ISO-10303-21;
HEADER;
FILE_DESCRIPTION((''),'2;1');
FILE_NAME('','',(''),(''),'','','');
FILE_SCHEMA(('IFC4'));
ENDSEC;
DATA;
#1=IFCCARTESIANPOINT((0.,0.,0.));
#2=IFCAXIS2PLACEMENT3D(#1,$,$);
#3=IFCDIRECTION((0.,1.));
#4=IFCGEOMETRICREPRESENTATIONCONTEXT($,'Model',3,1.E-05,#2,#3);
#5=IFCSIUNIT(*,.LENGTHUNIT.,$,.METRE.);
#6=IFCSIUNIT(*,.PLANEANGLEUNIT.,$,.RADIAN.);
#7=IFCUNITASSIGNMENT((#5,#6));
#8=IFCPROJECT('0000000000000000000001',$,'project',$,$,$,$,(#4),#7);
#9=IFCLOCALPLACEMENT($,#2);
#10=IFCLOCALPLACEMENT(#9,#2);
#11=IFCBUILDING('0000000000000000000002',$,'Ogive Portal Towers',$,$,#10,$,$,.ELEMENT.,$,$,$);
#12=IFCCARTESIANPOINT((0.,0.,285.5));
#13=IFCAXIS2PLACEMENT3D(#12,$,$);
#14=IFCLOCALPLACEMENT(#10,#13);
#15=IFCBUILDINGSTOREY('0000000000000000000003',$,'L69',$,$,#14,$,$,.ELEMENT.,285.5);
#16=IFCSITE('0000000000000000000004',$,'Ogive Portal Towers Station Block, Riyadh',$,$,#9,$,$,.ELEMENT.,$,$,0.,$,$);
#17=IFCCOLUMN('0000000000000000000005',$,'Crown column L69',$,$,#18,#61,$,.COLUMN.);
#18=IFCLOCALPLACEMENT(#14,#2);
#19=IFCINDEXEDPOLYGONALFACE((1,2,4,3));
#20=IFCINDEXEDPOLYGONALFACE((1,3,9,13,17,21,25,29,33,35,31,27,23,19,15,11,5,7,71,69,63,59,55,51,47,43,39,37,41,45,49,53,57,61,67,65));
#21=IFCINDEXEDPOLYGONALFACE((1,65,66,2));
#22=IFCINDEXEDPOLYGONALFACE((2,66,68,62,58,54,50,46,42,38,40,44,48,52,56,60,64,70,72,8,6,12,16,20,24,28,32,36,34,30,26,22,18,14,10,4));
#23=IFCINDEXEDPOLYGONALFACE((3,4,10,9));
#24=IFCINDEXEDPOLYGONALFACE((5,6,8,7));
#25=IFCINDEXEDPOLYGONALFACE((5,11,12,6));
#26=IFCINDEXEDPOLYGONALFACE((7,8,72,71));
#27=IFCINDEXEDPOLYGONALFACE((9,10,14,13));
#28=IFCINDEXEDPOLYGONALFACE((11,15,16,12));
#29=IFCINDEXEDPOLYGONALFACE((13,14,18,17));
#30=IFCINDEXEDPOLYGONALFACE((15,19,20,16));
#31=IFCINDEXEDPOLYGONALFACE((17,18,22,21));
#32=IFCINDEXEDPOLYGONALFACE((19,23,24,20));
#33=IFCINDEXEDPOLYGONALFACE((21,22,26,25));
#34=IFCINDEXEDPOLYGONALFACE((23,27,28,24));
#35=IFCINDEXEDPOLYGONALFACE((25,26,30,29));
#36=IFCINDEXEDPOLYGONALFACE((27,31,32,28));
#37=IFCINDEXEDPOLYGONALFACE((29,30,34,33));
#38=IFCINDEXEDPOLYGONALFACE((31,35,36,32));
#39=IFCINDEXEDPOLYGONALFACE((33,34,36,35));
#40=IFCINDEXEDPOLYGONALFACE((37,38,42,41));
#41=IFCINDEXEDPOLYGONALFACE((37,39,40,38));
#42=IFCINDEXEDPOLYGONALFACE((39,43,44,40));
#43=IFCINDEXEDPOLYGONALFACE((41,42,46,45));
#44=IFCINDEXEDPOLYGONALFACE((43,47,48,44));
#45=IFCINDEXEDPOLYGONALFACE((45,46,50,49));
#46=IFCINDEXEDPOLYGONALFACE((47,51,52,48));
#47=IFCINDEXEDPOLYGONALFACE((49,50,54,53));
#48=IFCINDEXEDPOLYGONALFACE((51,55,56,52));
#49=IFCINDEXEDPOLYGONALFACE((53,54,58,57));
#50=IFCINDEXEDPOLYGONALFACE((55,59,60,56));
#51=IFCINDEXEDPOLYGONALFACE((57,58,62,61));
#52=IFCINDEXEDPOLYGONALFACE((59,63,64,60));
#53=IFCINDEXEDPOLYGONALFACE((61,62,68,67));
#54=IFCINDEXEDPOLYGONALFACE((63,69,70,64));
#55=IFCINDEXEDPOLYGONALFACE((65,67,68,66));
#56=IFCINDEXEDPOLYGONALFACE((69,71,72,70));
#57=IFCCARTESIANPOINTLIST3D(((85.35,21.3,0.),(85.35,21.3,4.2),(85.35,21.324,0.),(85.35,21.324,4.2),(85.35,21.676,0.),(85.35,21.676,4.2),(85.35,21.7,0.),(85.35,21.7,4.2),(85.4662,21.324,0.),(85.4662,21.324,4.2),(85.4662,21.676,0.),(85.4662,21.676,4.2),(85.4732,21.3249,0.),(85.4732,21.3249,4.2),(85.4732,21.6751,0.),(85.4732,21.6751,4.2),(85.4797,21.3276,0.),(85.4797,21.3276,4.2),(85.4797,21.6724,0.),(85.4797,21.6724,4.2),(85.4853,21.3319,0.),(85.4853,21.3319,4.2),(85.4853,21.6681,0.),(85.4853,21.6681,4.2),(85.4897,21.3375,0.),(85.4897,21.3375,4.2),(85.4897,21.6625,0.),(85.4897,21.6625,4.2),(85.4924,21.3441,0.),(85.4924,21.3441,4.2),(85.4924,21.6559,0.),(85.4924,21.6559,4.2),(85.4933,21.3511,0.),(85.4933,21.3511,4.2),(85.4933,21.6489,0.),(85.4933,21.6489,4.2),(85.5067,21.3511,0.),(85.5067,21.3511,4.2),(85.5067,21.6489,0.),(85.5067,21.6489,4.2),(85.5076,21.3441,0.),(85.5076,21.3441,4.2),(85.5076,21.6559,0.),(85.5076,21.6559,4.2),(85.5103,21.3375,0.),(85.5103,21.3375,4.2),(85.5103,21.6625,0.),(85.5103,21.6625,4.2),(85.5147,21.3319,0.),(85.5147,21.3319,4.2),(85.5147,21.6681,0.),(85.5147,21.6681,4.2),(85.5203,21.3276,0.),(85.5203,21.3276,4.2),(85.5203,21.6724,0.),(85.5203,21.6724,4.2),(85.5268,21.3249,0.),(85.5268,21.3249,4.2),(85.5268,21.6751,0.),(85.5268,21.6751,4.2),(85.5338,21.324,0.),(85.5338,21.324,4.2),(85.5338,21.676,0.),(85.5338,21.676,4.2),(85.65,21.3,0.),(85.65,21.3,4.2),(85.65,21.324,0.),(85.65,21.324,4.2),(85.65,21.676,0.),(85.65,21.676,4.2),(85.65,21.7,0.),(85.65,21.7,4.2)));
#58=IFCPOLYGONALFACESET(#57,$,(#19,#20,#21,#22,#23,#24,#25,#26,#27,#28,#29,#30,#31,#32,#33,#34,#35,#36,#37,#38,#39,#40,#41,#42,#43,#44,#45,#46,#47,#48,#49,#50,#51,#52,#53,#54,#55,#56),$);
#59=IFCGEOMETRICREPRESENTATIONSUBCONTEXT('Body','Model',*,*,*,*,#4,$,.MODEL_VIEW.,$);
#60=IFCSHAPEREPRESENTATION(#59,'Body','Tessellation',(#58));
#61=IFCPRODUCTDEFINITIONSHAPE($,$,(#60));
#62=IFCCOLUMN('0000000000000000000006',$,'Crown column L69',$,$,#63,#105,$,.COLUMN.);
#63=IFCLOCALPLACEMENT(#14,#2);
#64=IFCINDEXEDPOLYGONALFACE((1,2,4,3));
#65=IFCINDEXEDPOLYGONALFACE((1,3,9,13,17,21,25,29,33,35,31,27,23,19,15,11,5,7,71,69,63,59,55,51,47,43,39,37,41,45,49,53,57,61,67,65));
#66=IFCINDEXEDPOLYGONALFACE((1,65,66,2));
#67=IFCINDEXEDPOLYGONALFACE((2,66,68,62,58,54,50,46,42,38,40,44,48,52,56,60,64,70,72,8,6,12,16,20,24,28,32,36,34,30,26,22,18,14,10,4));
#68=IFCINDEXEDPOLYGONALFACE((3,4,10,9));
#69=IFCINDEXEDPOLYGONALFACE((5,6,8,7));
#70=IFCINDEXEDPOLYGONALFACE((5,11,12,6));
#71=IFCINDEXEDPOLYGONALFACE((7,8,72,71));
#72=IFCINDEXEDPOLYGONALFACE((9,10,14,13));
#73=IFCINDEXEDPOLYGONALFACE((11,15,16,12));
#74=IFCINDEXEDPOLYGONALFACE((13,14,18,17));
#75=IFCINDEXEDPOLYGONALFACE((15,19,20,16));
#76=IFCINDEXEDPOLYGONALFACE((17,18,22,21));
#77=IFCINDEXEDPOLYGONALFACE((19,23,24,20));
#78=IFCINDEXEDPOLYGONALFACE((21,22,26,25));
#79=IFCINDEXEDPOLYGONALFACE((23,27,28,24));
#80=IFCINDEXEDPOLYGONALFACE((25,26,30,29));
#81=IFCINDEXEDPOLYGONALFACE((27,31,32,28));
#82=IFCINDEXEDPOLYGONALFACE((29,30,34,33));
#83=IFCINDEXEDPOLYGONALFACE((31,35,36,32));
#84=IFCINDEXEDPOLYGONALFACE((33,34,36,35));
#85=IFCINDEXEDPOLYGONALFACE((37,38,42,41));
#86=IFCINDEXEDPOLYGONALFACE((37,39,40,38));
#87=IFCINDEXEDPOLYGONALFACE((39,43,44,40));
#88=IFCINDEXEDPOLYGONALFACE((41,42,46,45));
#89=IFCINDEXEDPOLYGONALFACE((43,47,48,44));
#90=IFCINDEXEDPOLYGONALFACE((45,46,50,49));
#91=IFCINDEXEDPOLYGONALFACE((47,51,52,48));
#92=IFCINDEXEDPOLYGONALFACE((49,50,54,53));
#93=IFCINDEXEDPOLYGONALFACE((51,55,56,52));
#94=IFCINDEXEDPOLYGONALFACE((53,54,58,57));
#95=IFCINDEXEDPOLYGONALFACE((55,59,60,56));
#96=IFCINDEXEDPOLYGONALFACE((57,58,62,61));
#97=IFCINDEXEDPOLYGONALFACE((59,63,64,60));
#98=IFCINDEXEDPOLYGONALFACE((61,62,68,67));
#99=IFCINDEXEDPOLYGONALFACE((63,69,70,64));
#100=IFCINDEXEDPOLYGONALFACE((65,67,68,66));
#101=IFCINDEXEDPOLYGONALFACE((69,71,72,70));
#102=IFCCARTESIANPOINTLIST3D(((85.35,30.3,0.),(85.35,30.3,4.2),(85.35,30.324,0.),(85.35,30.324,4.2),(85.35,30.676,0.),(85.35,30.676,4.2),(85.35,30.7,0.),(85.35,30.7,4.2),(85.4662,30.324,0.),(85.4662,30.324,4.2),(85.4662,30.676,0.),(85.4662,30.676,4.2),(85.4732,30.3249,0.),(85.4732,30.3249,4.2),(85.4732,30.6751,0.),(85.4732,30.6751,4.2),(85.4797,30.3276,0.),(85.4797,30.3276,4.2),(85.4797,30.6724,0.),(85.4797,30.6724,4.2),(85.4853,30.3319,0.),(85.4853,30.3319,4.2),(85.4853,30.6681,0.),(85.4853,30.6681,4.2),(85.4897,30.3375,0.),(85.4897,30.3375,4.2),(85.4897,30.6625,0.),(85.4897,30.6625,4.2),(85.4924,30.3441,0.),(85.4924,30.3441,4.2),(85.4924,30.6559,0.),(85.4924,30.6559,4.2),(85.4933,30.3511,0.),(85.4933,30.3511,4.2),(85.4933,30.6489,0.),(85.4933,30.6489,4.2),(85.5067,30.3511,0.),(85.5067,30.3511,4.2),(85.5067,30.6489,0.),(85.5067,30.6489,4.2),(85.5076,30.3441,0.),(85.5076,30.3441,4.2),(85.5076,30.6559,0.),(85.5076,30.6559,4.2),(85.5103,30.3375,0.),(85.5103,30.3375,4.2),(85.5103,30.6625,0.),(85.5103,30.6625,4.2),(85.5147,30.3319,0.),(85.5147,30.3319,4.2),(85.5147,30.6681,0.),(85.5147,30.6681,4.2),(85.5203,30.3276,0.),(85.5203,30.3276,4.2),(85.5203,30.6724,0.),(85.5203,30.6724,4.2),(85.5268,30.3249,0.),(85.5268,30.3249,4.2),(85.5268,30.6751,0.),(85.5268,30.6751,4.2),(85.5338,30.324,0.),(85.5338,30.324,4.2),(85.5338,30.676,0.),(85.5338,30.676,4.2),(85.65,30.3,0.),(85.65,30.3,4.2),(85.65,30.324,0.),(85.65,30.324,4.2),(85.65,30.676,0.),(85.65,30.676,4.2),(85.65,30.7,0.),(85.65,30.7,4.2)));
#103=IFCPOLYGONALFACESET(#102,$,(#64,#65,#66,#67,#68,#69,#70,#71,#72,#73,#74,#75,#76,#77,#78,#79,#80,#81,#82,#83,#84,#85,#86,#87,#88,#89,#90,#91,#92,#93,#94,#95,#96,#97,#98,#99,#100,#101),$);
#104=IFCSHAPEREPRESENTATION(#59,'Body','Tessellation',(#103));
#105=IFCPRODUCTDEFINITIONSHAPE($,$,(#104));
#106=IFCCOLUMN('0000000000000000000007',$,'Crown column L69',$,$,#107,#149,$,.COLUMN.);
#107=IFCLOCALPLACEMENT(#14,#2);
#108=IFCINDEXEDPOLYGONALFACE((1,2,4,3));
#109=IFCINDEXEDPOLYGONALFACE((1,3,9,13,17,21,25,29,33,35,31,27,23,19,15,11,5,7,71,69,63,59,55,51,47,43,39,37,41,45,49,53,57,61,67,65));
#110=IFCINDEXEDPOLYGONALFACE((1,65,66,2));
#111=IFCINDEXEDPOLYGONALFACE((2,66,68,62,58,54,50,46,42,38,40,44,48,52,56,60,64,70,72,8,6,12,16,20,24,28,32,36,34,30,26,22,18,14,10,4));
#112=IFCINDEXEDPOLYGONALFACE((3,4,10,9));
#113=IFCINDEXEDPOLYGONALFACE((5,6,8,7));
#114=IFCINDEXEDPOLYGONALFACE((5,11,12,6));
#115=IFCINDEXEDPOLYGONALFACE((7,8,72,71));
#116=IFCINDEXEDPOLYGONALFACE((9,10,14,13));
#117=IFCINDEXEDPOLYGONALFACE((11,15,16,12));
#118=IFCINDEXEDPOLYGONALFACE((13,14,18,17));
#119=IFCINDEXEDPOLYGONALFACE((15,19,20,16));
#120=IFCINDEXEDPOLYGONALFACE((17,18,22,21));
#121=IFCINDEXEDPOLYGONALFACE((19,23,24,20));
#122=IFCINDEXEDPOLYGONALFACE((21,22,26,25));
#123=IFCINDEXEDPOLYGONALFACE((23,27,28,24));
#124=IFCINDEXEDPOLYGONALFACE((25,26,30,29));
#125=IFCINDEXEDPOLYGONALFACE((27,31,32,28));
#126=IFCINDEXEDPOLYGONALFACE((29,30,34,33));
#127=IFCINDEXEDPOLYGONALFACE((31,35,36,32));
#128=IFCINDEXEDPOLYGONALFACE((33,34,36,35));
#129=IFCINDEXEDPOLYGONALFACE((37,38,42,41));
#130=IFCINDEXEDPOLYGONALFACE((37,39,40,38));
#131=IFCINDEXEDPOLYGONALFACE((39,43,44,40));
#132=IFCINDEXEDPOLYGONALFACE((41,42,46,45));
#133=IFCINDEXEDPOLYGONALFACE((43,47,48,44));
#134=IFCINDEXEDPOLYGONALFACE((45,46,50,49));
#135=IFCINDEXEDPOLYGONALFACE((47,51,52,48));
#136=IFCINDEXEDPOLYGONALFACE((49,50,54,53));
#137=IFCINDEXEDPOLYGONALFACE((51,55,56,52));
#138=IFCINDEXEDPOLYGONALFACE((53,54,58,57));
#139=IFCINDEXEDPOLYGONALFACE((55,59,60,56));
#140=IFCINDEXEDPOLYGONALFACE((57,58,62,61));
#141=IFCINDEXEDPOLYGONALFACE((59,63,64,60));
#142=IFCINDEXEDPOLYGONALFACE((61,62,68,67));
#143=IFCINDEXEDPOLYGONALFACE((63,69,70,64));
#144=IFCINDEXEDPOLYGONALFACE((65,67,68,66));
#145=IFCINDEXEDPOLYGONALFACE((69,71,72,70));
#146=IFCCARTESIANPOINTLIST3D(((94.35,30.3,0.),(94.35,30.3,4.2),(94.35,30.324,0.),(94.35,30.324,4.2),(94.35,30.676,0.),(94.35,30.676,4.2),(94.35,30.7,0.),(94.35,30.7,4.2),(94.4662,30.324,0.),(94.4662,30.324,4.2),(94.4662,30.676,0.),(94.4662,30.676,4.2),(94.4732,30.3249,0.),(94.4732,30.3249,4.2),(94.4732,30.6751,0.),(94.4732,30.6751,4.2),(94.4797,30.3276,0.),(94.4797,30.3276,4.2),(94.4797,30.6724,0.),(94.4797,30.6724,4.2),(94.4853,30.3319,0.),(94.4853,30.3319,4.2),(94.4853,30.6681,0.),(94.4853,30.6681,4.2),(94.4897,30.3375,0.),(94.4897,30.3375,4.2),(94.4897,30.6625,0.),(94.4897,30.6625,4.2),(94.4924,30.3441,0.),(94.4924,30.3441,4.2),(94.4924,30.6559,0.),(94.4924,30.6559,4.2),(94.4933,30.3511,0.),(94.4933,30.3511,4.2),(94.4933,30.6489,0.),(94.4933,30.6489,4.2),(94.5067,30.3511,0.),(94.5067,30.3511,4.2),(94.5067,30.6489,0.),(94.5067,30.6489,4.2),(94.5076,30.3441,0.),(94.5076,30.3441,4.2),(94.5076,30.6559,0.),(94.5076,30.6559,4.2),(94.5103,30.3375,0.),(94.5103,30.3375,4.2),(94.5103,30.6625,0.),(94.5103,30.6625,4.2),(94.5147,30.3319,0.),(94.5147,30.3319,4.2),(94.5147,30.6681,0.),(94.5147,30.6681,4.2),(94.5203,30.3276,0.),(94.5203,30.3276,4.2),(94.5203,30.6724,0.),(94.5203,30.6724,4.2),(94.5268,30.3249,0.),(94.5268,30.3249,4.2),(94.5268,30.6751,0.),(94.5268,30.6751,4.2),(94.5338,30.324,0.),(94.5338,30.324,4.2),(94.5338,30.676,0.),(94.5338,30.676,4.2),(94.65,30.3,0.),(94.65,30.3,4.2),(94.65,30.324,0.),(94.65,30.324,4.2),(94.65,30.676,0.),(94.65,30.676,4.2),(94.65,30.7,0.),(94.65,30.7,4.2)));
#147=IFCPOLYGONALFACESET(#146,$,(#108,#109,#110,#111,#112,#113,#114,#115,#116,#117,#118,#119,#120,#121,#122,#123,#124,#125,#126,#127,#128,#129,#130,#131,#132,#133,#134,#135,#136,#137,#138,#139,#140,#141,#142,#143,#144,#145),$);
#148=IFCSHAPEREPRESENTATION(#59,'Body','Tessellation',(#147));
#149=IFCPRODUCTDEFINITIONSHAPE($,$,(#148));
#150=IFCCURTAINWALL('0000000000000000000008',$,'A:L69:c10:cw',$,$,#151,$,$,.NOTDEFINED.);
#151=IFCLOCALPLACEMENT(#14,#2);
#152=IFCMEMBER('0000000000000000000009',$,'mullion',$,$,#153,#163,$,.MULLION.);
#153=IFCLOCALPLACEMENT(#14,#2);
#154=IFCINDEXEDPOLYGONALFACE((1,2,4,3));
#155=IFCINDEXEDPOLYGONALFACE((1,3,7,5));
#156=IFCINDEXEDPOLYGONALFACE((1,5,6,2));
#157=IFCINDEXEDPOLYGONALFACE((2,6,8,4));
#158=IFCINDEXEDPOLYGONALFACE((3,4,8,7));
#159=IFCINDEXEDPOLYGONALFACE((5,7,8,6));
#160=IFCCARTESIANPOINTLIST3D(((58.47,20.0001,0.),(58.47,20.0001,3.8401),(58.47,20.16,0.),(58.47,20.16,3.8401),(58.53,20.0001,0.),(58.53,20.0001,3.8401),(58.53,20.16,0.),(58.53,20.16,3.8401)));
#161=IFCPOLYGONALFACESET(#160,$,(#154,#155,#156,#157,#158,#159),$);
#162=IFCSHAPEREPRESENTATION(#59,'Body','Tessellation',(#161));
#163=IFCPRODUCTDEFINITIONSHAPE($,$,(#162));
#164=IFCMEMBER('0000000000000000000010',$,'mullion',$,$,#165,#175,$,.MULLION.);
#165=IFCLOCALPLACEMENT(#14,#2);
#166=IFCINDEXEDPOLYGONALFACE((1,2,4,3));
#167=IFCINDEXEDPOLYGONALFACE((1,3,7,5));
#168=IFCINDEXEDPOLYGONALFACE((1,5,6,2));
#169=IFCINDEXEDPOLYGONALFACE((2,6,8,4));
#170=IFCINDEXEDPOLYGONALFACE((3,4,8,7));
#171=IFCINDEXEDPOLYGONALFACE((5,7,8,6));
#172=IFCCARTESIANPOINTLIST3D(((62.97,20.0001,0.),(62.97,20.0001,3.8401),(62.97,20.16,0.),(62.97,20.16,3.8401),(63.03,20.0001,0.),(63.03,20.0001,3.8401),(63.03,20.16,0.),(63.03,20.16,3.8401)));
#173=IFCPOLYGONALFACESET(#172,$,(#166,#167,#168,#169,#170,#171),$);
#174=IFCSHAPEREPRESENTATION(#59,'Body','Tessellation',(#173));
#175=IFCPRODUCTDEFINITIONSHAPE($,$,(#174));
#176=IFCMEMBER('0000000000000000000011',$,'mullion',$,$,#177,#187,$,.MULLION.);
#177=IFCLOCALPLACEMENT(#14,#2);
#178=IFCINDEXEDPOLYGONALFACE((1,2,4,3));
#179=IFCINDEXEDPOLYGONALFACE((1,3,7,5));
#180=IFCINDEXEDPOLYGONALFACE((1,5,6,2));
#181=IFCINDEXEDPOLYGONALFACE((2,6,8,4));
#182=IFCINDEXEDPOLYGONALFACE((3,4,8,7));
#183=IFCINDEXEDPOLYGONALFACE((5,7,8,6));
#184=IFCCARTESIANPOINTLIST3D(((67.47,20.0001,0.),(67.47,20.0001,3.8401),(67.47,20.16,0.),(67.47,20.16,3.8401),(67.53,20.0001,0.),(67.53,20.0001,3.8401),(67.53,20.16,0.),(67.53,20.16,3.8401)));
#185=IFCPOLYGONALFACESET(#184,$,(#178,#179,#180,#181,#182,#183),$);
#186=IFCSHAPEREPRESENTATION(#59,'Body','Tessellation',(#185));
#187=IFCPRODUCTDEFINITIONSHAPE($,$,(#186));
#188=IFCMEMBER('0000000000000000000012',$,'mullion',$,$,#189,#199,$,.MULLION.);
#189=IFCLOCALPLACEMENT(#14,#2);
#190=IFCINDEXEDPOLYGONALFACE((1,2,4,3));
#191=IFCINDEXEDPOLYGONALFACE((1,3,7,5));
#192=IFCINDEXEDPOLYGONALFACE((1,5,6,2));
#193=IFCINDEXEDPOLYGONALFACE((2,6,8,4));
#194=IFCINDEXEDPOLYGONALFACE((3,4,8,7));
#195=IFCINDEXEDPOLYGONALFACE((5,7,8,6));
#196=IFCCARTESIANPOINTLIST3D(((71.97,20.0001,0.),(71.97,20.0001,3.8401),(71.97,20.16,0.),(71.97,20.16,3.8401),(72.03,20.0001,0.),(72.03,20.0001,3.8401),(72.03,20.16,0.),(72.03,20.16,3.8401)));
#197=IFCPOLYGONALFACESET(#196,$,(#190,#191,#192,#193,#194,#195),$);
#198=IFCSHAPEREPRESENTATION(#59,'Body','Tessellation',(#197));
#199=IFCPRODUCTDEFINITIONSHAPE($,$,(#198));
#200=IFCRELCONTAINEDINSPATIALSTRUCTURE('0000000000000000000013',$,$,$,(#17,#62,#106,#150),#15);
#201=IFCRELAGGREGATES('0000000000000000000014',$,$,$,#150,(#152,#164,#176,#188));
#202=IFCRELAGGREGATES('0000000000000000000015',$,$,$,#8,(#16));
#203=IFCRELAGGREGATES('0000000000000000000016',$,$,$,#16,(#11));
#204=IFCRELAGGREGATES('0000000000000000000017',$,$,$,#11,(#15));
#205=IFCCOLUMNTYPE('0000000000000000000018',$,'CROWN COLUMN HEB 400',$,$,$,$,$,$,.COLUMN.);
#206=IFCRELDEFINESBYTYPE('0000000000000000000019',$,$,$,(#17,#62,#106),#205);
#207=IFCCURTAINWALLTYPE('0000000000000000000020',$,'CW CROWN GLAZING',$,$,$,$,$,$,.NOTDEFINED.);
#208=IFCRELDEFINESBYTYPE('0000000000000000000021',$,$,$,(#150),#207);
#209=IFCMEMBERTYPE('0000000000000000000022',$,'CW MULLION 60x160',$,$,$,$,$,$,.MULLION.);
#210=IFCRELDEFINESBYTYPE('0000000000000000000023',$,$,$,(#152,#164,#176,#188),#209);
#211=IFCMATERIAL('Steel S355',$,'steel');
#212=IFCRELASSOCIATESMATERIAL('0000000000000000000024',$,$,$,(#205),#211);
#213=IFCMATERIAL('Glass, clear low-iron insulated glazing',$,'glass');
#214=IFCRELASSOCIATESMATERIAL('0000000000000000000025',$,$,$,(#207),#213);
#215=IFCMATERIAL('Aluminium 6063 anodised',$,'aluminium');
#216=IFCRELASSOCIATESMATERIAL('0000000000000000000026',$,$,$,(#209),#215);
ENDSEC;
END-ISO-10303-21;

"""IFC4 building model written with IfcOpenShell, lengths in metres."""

from ifc_helpers import new_model, si_unit, direction, frame, origin, origin_2d, place, context, subcontext, project, spatial, rectangle, i_section, extrude, material, material_profile, profile_set, type_object, element, aggregate, save


model = new_model("IFC4")

# Units and contexts
model_context = context("Model", 3, precision=1e-05, world=origin(), true_north=direction((0.0, 1.0)))
body_context = subcontext(model_context, "Body", "Model", "MODEL_VIEW")
ifc_project = project(units=[si_unit("LENGTHUNIT", "METRE"), si_unit("PLANEANGLEUNIT", "RADIAN")], contexts=[model_context])

# Site, building, storey
site_placement = place(None, origin())
site = spatial("IfcSite", under=ifc_project, at=site_placement, Name="Ogive Portal Towers Station Block, Riyadh", CompositionType="ELEMENT", RefElevation=0.0)
building_placement = place(site_placement, origin())
building = spatial("IfcBuilding", under=site, at=building_placement, Name="Ogive Portal Towers", CompositionType="ELEMENT")
storey_placement = place(building_placement, frame((0.0, 0.0, 285.5)))
storey = spatial("IfcBuildingStorey", under=building, at=storey_placement, Name="L69", CompositionType="ELEMENT", Elevation=285.5)

# Columns
ifc_material_1 = material(Name="Steel S355", Category="steel")
ifc_material_profile_1 = material_profile(ifc_material_1, i_section(OverallWidth=0.3, OverallDepth=0.3999, WebThickness=0.0134, FlangeThickness=0.0239, FilletRadius=0.0271, at=origin_2d()), Name="HEB 400")
ifc_profile_set_1 = profile_set([ifc_material_profile_1], Name="Steel S355")
column_type = type_object("IfcColumnType", Name="CROWN COLUMN HEB 400", PredefinedType="COLUMN", material=ifc_profile_set_1)
for number, where, z_axis, x_axis, name in (
    (1, (85.5, 21.5, 0.0), (0.0, 0.0, 1.0), (1.0, 0.0, 0.0), "Crown column L69"),
    (2, (85.5, 30.5, 0.0), (0.0, 0.0, 1.0), (1.0, 0.0, 0.0), "Crown column L69"),
    (3, (94.5, 30.5, 0.0), (0.0, 0.0, 1.0), (1.0, 0.0, 0.0), "Crown column L69"),
):
    element("IfcColumn", number, at=place(storey_placement, frame(where, z_axis=z_axis, x_axis=x_axis)), inside=storey, type_object=column_type, Name=name, PredefinedType="COLUMN", context=body_context, shape_type="SweptSolid", body=[
        extrude(i_section(OverallWidth=0.3, OverallDepth=0.3999, WebThickness=0.0134, FlangeThickness=0.0239, FilletRadius=0.0271, at=origin_2d()), origin(), (0.0, 0.0, 1.0), 4.2),
    ])

# Curtain wall, members
ifc_material_2 = material(Name="Glass, clear low-iron insulated glazing", Category="glass")
curtain_wall_type = type_object("IfcCurtainWallType", Name="CW CROWN GLAZING", PredefinedType="NOTDEFINED", material=ifc_material_2)
curtain_wall_1_placement = place(storey_placement, origin())
curtain_wall_1 = element("IfcCurtainWall", 4, at=curtain_wall_1_placement, inside=storey, type_object=curtain_wall_type, Name="A:L69:c10:cw", PredefinedType="NOTDEFINED")
ifc_material_3 = material(Name="Aluminium 6063 anodised", Category="aluminium")
ifc_material_profile_2 = material_profile(ifc_material_3, rectangle(XDim=0.1599, YDim=0.0601, at=origin_2d()), Name="AL 60x160")
ifc_profile_set_2 = profile_set([ifc_material_profile_2], Name="Aluminium 6063 anodised")
member_type_1 = type_object("IfcMemberType", Name="CW MULLION 60x160", PredefinedType="MULLION", material=ifc_profile_set_2)
member_1_placement = place(storey_placement, frame((58.5, 20.0801, 0.0), z_axis=(0.0, 0.0, 1.0), x_axis=(0.0, 1.0, 0.0)))
member_1 = element("IfcMember", 5, at=member_1_placement, type_object=member_type_1, Name="mullion", PredefinedType="MULLION", context=body_context, shape_type="SweptSolid", body=[
    extrude(rectangle(XDim=0.1599, YDim=0.0601, at=origin_2d()), origin(), (0.0, 0.0, 1.0), 3.8401),
])
member_2_placement = place(storey_placement, frame((63.0, 20.0801, 0.0), z_axis=(0.0, 0.0, 1.0), x_axis=(0.0, 1.0, 0.0)))
member_2 = element("IfcMember", 6, at=member_2_placement, type_object=member_type_1, Name="mullion", PredefinedType="MULLION", context=body_context, shape_type="SweptSolid", body=[
    extrude(rectangle(XDim=0.1599, YDim=0.0601, at=origin_2d()), origin(), (0.0, 0.0, 1.0), 3.8401),
])
member_3_placement = place(storey_placement, frame((67.5, 20.0801, 0.0), z_axis=(0.0, 0.0, 1.0), x_axis=(0.0, 1.0, 0.0)))
member_3 = element("IfcMember", 7, at=member_3_placement, type_object=member_type_1, Name="mullion", PredefinedType="MULLION", context=body_context, shape_type="SweptSolid", body=[
    extrude(rectangle(XDim=0.1599, YDim=0.0601, at=origin_2d()), origin(), (0.0, 0.0, 1.0), 3.8401),
])
member_4_placement = place(storey_placement, frame((72.0, 20.0801, 0.0), z_axis=(0.0, 0.0, 1.0), x_axis=(0.0, 1.0, 0.0)))
member_4 = element("IfcMember", 8, at=member_4_placement, type_object=member_type_1, Name="mullion", PredefinedType="MULLION", context=body_context, shape_type="SweptSolid", body=[
    extrude(rectangle(XDim=0.1599, YDim=0.0601, at=origin_2d()), origin(), (0.0, 0.0, 1.0), 3.8401),
])

aggregate(curtain_wall_1, [member_1, member_2, member_3, member_4])

save(model, "model.ifc")
